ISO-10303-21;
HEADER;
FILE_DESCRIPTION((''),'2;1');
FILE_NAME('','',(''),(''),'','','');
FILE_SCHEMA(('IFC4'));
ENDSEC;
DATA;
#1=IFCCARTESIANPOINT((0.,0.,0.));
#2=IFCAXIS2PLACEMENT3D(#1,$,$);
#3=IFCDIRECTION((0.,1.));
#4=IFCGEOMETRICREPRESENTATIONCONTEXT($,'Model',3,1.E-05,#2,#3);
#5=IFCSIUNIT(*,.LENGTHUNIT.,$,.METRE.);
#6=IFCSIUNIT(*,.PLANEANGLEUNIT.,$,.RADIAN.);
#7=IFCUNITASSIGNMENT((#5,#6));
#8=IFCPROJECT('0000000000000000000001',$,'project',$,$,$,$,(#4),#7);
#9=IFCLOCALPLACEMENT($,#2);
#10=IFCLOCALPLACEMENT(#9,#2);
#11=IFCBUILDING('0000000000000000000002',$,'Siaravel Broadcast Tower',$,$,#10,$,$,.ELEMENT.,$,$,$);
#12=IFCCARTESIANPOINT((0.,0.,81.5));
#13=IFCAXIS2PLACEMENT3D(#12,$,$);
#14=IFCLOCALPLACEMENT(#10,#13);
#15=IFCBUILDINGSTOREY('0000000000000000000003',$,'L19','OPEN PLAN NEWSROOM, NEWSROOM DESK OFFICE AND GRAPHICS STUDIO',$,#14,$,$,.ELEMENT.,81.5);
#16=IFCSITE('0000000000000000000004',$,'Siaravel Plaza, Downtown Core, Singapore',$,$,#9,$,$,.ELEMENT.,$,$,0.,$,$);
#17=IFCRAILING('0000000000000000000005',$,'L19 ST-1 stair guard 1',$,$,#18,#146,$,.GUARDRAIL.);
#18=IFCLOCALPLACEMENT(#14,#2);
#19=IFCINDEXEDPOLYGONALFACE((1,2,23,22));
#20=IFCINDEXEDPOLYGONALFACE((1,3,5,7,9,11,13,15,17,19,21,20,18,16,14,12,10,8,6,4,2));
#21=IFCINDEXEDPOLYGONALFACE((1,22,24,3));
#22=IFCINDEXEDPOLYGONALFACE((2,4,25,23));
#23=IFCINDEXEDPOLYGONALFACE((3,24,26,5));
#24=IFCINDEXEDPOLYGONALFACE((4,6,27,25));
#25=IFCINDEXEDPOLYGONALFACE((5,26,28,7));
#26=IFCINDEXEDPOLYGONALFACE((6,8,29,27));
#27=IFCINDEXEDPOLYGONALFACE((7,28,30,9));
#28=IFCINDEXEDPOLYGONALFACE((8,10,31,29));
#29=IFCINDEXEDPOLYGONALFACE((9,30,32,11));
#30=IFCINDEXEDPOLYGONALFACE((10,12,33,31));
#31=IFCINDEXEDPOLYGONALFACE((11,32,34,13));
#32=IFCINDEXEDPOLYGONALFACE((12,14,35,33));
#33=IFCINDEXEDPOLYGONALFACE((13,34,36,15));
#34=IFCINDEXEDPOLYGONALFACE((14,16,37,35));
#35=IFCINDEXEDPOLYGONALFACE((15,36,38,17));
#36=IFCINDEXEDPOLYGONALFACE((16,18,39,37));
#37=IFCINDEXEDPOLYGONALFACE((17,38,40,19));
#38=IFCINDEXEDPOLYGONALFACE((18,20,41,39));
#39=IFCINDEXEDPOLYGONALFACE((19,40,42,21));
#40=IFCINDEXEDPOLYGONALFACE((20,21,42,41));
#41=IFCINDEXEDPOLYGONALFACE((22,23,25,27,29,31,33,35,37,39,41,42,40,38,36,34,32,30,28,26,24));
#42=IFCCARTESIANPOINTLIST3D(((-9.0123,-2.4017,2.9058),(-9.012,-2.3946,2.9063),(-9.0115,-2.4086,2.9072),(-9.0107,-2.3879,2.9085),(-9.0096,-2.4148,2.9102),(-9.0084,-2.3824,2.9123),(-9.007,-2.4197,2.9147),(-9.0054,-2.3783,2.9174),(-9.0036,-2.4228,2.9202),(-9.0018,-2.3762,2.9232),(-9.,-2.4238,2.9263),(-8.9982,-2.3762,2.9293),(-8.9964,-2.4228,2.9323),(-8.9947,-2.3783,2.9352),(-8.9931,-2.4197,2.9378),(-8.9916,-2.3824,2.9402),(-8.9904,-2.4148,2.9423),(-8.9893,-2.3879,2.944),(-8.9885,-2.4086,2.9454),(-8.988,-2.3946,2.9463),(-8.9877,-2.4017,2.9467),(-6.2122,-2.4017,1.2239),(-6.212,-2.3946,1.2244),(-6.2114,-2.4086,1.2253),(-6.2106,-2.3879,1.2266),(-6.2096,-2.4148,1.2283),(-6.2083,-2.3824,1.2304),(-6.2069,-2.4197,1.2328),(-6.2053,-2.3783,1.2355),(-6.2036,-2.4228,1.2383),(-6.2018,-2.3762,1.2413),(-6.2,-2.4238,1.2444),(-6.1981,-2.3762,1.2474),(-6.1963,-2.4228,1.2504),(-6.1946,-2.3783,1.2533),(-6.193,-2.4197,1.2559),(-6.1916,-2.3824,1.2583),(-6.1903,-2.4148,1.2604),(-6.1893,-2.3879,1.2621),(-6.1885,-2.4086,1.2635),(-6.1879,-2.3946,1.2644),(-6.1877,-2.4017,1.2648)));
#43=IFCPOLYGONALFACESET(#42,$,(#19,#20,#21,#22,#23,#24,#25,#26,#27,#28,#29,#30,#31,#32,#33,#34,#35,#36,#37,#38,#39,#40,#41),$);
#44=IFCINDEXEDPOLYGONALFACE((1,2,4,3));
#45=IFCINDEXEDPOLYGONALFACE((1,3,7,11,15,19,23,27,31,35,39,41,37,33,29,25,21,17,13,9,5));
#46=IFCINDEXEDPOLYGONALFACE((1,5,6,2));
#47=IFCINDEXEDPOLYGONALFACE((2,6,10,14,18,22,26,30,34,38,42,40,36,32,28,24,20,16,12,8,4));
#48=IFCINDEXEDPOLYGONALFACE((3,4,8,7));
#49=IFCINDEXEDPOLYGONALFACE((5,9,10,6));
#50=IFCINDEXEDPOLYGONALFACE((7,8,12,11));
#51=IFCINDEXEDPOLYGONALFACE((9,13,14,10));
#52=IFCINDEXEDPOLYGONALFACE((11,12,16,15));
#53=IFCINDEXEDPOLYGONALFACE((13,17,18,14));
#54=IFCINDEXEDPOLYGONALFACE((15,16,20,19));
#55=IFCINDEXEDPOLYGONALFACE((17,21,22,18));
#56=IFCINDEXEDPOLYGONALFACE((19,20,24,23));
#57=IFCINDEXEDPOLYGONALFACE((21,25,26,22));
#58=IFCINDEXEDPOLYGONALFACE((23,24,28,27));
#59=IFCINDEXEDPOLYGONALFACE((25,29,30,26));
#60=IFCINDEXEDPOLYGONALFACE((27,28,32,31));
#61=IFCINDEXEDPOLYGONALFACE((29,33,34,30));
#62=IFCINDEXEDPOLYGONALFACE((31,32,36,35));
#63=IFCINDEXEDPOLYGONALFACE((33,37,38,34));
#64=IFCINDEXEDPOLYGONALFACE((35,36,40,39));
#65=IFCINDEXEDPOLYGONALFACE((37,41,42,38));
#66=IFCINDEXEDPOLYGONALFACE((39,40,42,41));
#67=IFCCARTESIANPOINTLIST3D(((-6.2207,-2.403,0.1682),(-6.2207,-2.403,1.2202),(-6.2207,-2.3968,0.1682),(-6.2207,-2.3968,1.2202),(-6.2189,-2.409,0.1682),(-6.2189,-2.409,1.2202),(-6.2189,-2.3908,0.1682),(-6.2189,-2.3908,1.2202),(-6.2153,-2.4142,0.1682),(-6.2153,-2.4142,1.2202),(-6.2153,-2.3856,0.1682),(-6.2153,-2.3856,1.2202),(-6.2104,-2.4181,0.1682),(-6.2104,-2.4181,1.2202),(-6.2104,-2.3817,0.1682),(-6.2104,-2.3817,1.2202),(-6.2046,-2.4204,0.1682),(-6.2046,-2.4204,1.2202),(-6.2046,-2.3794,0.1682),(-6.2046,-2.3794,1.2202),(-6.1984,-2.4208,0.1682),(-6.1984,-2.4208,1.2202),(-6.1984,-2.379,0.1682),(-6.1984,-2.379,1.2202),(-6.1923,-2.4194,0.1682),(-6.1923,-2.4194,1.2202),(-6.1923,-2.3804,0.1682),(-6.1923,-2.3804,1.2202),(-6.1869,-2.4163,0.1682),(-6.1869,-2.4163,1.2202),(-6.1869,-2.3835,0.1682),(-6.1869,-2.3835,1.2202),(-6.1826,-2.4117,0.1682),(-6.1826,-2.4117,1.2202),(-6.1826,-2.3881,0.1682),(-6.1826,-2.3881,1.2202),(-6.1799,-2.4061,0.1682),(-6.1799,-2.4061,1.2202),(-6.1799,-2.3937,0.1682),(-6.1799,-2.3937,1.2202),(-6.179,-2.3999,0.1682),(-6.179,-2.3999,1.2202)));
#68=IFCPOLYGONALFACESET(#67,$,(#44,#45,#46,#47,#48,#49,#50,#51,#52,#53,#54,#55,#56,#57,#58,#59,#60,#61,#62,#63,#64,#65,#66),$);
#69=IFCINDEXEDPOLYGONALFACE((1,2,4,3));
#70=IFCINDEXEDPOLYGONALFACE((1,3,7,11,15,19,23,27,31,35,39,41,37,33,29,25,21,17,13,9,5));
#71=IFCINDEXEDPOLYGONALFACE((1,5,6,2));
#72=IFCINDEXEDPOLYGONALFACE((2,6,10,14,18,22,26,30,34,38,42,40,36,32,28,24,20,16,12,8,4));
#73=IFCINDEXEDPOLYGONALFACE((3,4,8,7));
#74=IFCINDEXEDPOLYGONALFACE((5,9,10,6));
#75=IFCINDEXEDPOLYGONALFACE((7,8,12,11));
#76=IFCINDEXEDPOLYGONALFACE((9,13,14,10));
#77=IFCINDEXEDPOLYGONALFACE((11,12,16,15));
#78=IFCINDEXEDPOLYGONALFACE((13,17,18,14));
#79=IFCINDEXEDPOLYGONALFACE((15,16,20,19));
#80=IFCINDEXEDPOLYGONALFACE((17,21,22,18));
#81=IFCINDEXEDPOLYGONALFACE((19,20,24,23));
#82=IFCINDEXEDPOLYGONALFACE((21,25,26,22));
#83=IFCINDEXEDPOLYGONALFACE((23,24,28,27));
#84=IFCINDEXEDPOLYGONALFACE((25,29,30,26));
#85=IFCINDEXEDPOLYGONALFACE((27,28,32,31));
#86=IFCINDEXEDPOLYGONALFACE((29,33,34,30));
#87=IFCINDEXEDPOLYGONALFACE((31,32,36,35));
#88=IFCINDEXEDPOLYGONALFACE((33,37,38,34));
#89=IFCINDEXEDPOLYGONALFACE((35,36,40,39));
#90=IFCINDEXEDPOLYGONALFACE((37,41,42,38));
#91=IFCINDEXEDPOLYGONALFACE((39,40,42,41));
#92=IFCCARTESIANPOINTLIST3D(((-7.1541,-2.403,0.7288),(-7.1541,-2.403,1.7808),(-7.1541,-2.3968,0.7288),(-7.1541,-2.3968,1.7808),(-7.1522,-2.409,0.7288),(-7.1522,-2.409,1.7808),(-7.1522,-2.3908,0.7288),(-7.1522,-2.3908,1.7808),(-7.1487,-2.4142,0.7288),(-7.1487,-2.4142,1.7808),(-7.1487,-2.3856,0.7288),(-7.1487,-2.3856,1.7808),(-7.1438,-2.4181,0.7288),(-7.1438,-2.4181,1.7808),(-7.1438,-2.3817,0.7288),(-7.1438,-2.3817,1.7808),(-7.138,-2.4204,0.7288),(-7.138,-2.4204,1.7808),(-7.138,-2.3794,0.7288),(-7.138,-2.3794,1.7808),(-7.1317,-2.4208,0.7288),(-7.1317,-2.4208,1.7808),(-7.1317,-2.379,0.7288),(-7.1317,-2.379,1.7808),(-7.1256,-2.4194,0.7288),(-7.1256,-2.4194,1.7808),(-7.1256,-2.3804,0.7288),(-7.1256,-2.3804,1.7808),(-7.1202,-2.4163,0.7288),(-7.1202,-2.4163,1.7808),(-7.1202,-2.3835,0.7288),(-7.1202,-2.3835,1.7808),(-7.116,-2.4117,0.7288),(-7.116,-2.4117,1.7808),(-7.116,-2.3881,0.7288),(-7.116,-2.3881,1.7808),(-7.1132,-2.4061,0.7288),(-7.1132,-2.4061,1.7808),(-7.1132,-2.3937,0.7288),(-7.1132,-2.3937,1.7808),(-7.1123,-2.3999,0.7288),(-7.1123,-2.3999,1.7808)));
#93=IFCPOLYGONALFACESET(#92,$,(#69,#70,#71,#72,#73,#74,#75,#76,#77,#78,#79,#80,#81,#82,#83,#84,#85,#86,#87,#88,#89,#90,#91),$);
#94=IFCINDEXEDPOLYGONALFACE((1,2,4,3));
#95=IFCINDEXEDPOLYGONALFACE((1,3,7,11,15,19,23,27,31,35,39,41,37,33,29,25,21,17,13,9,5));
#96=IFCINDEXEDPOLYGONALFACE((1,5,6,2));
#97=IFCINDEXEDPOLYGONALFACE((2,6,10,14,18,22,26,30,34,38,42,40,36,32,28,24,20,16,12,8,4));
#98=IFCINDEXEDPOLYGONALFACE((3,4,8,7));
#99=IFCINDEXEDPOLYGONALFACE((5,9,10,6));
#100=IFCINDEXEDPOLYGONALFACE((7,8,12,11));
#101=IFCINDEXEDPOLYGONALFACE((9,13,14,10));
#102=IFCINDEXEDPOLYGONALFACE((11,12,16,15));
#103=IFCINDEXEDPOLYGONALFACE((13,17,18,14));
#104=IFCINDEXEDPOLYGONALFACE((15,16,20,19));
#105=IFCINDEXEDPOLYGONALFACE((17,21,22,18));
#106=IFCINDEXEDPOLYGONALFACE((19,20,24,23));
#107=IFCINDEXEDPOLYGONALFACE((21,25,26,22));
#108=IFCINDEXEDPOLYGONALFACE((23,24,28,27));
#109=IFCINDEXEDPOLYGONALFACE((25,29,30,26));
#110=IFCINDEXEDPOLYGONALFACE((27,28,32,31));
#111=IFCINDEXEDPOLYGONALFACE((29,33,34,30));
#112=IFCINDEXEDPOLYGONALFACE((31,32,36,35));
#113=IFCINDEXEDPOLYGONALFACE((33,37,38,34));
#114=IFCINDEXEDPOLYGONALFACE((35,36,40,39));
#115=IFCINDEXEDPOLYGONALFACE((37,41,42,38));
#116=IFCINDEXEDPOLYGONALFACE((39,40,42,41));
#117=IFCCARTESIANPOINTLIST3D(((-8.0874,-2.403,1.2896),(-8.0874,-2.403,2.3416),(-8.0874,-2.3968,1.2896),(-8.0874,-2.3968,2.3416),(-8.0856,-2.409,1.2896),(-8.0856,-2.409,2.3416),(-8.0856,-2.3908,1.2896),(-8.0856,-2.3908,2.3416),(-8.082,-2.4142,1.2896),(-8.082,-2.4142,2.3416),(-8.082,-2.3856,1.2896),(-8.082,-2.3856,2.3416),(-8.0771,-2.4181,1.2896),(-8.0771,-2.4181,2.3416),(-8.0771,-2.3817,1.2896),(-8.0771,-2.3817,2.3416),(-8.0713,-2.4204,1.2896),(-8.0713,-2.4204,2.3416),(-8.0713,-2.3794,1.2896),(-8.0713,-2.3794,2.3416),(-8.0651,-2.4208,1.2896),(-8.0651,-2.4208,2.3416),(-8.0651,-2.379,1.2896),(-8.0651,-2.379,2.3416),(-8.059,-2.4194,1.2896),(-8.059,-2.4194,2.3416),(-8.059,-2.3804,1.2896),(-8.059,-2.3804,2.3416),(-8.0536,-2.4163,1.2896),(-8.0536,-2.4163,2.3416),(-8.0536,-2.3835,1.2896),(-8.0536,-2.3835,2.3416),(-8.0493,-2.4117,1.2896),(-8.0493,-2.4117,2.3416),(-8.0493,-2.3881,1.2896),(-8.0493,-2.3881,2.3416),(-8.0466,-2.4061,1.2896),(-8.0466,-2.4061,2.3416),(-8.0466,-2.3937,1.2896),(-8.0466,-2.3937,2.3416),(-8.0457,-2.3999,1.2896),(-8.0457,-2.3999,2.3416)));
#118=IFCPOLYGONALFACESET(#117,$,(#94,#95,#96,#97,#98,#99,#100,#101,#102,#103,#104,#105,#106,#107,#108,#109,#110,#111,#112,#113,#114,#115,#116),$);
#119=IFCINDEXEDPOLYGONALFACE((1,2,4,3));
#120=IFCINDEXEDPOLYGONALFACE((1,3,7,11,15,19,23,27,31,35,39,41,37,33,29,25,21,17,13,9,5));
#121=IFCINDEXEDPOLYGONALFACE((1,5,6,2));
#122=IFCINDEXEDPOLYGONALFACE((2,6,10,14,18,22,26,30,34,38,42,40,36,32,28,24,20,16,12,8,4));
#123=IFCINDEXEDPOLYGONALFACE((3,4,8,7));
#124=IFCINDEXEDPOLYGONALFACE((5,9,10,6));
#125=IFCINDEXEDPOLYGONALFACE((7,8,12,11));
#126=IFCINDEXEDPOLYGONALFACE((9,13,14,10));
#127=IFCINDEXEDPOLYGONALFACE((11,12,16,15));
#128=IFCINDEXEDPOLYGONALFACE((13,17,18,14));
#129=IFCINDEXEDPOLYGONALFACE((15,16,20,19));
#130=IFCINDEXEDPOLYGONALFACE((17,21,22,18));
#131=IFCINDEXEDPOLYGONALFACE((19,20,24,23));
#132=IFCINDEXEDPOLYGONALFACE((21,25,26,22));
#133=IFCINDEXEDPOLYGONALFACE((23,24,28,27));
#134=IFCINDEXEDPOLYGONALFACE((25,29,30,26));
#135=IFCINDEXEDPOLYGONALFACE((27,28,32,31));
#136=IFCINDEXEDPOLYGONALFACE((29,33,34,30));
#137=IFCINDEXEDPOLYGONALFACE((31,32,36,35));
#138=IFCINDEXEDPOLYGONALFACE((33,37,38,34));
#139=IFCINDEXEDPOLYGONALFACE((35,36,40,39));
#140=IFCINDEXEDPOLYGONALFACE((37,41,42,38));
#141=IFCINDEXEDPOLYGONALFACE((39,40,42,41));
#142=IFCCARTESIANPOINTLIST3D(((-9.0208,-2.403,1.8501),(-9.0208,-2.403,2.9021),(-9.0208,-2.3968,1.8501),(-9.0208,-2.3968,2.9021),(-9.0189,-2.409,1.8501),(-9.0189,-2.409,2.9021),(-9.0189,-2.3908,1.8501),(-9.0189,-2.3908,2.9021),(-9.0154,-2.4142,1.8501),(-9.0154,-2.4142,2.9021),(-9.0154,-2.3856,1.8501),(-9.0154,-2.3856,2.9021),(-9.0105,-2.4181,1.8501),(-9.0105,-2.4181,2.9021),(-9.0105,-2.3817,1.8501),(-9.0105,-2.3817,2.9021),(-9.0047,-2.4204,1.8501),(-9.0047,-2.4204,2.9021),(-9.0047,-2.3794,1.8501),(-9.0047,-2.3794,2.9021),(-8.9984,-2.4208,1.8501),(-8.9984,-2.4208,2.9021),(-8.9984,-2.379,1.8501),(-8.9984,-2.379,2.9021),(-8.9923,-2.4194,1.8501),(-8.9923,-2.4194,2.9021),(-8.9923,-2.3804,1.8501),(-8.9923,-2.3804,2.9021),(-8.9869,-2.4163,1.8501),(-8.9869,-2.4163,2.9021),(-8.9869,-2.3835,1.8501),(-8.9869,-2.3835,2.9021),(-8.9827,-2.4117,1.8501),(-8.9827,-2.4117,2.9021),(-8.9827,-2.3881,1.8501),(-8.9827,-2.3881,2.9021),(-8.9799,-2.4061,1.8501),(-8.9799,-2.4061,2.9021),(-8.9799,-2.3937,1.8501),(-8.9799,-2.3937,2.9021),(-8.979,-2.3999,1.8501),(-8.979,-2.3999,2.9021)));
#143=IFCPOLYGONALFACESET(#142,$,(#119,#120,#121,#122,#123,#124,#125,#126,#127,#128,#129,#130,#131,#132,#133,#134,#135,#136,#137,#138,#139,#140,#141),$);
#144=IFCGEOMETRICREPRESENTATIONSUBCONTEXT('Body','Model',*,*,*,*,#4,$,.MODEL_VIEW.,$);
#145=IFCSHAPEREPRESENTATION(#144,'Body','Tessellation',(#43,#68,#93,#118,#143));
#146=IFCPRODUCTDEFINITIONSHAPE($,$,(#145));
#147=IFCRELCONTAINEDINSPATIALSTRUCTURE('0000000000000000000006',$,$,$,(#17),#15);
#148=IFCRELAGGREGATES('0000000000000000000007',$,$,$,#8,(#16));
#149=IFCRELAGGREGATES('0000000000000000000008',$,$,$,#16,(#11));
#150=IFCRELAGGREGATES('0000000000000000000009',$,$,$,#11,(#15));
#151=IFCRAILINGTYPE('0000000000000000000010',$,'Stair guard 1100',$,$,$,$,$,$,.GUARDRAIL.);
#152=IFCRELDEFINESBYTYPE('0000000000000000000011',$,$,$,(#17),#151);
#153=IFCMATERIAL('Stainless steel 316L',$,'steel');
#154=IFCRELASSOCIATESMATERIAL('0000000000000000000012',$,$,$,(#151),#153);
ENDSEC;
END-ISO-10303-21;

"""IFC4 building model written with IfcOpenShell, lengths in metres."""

from ifc_helpers import new_model, si_unit, direction, frame, origin, origin_2d, place, context, subcontext, project, spatial, circle, extrude, material, type_object, element, save


model = new_model("IFC4")

# Units and contexts
model_context = context("Model", 3, precision=1e-05, world=origin(), true_north=direction((0.0, 1.0)))
body_context = subcontext(model_context, "Body", "Model", "MODEL_VIEW")
ifc_project = project(units=[si_unit("LENGTHUNIT", "METRE"), si_unit("PLANEANGLEUNIT", "RADIAN")], contexts=[model_context])

# Site, building, storey
site_placement = place(None, origin())
site = spatial("IfcSite", under=ifc_project, at=site_placement, Name="Siaravel Plaza, Downtown Core, Singapore", CompositionType="ELEMENT", RefElevation=0.0)
building_placement = place(site_placement, origin())
building = spatial("IfcBuilding", under=site, at=building_placement, Name="Siaravel Broadcast Tower", CompositionType="ELEMENT")
storey_placement = place(building_placement, frame((0.0, 0.0, 81.5)))
storey = spatial("IfcBuildingStorey", under=building, at=storey_placement, Name="L19", Description="OPEN PLAN NEWSROOM, NEWSROOM DESK OFFICE AND GRAPHICS STUDIO", CompositionType="ELEMENT", Elevation=81.5)

# Shared definitions
ifc_material_1 = material(Name="Stainless steel 316L", Category="steel")

# Railing
railing_type_1 = type_object("IfcRailingType", Name="Stair guard 1100", PredefinedType="GUARDRAIL", material=ifc_material_1)
railing_1_placement = place(storey_placement, frame((-6.2, -2.3999, 0.1682)))
element("IfcRailing", 1, at=railing_1_placement, inside=storey, type_object=railing_type_1, Name="L19 ST-1 stair guard 1", PredefinedType="GUARDRAIL", context=body_context, shape_type="SweptSolid", body=[
    extrude(circle(Radius=0.0239, at=origin_2d()), frame((0.0, 0.0, 1.0762), z_axis=(-0.857242, 0.0, 0.514913), x_axis=(0.0, -1.0, 0.0)), (0.0, 0.0, 1.0), 3.2664),
    extrude(circle(Radius=0.021, at=origin_2d()), origin(), (0.0, 0.0, 1.0), 1.052),
    extrude(circle(Radius=0.021, at=origin_2d()), frame((-0.9333, 0.0, 0.5605)), (0.0, 0.0, 1.0), 1.052),
    extrude(circle(Radius=0.021, at=origin_2d()), frame((-1.8667, 0.0, 1.1213)), (0.0, 0.0, 1.0), 1.052),
    extrude(circle(Radius=0.021, at=origin_2d()), frame((-2.8, 0.0, 1.6819)), (0.0, 0.0, 1.0), 1.052),
])

save(model, "model.ifc")
